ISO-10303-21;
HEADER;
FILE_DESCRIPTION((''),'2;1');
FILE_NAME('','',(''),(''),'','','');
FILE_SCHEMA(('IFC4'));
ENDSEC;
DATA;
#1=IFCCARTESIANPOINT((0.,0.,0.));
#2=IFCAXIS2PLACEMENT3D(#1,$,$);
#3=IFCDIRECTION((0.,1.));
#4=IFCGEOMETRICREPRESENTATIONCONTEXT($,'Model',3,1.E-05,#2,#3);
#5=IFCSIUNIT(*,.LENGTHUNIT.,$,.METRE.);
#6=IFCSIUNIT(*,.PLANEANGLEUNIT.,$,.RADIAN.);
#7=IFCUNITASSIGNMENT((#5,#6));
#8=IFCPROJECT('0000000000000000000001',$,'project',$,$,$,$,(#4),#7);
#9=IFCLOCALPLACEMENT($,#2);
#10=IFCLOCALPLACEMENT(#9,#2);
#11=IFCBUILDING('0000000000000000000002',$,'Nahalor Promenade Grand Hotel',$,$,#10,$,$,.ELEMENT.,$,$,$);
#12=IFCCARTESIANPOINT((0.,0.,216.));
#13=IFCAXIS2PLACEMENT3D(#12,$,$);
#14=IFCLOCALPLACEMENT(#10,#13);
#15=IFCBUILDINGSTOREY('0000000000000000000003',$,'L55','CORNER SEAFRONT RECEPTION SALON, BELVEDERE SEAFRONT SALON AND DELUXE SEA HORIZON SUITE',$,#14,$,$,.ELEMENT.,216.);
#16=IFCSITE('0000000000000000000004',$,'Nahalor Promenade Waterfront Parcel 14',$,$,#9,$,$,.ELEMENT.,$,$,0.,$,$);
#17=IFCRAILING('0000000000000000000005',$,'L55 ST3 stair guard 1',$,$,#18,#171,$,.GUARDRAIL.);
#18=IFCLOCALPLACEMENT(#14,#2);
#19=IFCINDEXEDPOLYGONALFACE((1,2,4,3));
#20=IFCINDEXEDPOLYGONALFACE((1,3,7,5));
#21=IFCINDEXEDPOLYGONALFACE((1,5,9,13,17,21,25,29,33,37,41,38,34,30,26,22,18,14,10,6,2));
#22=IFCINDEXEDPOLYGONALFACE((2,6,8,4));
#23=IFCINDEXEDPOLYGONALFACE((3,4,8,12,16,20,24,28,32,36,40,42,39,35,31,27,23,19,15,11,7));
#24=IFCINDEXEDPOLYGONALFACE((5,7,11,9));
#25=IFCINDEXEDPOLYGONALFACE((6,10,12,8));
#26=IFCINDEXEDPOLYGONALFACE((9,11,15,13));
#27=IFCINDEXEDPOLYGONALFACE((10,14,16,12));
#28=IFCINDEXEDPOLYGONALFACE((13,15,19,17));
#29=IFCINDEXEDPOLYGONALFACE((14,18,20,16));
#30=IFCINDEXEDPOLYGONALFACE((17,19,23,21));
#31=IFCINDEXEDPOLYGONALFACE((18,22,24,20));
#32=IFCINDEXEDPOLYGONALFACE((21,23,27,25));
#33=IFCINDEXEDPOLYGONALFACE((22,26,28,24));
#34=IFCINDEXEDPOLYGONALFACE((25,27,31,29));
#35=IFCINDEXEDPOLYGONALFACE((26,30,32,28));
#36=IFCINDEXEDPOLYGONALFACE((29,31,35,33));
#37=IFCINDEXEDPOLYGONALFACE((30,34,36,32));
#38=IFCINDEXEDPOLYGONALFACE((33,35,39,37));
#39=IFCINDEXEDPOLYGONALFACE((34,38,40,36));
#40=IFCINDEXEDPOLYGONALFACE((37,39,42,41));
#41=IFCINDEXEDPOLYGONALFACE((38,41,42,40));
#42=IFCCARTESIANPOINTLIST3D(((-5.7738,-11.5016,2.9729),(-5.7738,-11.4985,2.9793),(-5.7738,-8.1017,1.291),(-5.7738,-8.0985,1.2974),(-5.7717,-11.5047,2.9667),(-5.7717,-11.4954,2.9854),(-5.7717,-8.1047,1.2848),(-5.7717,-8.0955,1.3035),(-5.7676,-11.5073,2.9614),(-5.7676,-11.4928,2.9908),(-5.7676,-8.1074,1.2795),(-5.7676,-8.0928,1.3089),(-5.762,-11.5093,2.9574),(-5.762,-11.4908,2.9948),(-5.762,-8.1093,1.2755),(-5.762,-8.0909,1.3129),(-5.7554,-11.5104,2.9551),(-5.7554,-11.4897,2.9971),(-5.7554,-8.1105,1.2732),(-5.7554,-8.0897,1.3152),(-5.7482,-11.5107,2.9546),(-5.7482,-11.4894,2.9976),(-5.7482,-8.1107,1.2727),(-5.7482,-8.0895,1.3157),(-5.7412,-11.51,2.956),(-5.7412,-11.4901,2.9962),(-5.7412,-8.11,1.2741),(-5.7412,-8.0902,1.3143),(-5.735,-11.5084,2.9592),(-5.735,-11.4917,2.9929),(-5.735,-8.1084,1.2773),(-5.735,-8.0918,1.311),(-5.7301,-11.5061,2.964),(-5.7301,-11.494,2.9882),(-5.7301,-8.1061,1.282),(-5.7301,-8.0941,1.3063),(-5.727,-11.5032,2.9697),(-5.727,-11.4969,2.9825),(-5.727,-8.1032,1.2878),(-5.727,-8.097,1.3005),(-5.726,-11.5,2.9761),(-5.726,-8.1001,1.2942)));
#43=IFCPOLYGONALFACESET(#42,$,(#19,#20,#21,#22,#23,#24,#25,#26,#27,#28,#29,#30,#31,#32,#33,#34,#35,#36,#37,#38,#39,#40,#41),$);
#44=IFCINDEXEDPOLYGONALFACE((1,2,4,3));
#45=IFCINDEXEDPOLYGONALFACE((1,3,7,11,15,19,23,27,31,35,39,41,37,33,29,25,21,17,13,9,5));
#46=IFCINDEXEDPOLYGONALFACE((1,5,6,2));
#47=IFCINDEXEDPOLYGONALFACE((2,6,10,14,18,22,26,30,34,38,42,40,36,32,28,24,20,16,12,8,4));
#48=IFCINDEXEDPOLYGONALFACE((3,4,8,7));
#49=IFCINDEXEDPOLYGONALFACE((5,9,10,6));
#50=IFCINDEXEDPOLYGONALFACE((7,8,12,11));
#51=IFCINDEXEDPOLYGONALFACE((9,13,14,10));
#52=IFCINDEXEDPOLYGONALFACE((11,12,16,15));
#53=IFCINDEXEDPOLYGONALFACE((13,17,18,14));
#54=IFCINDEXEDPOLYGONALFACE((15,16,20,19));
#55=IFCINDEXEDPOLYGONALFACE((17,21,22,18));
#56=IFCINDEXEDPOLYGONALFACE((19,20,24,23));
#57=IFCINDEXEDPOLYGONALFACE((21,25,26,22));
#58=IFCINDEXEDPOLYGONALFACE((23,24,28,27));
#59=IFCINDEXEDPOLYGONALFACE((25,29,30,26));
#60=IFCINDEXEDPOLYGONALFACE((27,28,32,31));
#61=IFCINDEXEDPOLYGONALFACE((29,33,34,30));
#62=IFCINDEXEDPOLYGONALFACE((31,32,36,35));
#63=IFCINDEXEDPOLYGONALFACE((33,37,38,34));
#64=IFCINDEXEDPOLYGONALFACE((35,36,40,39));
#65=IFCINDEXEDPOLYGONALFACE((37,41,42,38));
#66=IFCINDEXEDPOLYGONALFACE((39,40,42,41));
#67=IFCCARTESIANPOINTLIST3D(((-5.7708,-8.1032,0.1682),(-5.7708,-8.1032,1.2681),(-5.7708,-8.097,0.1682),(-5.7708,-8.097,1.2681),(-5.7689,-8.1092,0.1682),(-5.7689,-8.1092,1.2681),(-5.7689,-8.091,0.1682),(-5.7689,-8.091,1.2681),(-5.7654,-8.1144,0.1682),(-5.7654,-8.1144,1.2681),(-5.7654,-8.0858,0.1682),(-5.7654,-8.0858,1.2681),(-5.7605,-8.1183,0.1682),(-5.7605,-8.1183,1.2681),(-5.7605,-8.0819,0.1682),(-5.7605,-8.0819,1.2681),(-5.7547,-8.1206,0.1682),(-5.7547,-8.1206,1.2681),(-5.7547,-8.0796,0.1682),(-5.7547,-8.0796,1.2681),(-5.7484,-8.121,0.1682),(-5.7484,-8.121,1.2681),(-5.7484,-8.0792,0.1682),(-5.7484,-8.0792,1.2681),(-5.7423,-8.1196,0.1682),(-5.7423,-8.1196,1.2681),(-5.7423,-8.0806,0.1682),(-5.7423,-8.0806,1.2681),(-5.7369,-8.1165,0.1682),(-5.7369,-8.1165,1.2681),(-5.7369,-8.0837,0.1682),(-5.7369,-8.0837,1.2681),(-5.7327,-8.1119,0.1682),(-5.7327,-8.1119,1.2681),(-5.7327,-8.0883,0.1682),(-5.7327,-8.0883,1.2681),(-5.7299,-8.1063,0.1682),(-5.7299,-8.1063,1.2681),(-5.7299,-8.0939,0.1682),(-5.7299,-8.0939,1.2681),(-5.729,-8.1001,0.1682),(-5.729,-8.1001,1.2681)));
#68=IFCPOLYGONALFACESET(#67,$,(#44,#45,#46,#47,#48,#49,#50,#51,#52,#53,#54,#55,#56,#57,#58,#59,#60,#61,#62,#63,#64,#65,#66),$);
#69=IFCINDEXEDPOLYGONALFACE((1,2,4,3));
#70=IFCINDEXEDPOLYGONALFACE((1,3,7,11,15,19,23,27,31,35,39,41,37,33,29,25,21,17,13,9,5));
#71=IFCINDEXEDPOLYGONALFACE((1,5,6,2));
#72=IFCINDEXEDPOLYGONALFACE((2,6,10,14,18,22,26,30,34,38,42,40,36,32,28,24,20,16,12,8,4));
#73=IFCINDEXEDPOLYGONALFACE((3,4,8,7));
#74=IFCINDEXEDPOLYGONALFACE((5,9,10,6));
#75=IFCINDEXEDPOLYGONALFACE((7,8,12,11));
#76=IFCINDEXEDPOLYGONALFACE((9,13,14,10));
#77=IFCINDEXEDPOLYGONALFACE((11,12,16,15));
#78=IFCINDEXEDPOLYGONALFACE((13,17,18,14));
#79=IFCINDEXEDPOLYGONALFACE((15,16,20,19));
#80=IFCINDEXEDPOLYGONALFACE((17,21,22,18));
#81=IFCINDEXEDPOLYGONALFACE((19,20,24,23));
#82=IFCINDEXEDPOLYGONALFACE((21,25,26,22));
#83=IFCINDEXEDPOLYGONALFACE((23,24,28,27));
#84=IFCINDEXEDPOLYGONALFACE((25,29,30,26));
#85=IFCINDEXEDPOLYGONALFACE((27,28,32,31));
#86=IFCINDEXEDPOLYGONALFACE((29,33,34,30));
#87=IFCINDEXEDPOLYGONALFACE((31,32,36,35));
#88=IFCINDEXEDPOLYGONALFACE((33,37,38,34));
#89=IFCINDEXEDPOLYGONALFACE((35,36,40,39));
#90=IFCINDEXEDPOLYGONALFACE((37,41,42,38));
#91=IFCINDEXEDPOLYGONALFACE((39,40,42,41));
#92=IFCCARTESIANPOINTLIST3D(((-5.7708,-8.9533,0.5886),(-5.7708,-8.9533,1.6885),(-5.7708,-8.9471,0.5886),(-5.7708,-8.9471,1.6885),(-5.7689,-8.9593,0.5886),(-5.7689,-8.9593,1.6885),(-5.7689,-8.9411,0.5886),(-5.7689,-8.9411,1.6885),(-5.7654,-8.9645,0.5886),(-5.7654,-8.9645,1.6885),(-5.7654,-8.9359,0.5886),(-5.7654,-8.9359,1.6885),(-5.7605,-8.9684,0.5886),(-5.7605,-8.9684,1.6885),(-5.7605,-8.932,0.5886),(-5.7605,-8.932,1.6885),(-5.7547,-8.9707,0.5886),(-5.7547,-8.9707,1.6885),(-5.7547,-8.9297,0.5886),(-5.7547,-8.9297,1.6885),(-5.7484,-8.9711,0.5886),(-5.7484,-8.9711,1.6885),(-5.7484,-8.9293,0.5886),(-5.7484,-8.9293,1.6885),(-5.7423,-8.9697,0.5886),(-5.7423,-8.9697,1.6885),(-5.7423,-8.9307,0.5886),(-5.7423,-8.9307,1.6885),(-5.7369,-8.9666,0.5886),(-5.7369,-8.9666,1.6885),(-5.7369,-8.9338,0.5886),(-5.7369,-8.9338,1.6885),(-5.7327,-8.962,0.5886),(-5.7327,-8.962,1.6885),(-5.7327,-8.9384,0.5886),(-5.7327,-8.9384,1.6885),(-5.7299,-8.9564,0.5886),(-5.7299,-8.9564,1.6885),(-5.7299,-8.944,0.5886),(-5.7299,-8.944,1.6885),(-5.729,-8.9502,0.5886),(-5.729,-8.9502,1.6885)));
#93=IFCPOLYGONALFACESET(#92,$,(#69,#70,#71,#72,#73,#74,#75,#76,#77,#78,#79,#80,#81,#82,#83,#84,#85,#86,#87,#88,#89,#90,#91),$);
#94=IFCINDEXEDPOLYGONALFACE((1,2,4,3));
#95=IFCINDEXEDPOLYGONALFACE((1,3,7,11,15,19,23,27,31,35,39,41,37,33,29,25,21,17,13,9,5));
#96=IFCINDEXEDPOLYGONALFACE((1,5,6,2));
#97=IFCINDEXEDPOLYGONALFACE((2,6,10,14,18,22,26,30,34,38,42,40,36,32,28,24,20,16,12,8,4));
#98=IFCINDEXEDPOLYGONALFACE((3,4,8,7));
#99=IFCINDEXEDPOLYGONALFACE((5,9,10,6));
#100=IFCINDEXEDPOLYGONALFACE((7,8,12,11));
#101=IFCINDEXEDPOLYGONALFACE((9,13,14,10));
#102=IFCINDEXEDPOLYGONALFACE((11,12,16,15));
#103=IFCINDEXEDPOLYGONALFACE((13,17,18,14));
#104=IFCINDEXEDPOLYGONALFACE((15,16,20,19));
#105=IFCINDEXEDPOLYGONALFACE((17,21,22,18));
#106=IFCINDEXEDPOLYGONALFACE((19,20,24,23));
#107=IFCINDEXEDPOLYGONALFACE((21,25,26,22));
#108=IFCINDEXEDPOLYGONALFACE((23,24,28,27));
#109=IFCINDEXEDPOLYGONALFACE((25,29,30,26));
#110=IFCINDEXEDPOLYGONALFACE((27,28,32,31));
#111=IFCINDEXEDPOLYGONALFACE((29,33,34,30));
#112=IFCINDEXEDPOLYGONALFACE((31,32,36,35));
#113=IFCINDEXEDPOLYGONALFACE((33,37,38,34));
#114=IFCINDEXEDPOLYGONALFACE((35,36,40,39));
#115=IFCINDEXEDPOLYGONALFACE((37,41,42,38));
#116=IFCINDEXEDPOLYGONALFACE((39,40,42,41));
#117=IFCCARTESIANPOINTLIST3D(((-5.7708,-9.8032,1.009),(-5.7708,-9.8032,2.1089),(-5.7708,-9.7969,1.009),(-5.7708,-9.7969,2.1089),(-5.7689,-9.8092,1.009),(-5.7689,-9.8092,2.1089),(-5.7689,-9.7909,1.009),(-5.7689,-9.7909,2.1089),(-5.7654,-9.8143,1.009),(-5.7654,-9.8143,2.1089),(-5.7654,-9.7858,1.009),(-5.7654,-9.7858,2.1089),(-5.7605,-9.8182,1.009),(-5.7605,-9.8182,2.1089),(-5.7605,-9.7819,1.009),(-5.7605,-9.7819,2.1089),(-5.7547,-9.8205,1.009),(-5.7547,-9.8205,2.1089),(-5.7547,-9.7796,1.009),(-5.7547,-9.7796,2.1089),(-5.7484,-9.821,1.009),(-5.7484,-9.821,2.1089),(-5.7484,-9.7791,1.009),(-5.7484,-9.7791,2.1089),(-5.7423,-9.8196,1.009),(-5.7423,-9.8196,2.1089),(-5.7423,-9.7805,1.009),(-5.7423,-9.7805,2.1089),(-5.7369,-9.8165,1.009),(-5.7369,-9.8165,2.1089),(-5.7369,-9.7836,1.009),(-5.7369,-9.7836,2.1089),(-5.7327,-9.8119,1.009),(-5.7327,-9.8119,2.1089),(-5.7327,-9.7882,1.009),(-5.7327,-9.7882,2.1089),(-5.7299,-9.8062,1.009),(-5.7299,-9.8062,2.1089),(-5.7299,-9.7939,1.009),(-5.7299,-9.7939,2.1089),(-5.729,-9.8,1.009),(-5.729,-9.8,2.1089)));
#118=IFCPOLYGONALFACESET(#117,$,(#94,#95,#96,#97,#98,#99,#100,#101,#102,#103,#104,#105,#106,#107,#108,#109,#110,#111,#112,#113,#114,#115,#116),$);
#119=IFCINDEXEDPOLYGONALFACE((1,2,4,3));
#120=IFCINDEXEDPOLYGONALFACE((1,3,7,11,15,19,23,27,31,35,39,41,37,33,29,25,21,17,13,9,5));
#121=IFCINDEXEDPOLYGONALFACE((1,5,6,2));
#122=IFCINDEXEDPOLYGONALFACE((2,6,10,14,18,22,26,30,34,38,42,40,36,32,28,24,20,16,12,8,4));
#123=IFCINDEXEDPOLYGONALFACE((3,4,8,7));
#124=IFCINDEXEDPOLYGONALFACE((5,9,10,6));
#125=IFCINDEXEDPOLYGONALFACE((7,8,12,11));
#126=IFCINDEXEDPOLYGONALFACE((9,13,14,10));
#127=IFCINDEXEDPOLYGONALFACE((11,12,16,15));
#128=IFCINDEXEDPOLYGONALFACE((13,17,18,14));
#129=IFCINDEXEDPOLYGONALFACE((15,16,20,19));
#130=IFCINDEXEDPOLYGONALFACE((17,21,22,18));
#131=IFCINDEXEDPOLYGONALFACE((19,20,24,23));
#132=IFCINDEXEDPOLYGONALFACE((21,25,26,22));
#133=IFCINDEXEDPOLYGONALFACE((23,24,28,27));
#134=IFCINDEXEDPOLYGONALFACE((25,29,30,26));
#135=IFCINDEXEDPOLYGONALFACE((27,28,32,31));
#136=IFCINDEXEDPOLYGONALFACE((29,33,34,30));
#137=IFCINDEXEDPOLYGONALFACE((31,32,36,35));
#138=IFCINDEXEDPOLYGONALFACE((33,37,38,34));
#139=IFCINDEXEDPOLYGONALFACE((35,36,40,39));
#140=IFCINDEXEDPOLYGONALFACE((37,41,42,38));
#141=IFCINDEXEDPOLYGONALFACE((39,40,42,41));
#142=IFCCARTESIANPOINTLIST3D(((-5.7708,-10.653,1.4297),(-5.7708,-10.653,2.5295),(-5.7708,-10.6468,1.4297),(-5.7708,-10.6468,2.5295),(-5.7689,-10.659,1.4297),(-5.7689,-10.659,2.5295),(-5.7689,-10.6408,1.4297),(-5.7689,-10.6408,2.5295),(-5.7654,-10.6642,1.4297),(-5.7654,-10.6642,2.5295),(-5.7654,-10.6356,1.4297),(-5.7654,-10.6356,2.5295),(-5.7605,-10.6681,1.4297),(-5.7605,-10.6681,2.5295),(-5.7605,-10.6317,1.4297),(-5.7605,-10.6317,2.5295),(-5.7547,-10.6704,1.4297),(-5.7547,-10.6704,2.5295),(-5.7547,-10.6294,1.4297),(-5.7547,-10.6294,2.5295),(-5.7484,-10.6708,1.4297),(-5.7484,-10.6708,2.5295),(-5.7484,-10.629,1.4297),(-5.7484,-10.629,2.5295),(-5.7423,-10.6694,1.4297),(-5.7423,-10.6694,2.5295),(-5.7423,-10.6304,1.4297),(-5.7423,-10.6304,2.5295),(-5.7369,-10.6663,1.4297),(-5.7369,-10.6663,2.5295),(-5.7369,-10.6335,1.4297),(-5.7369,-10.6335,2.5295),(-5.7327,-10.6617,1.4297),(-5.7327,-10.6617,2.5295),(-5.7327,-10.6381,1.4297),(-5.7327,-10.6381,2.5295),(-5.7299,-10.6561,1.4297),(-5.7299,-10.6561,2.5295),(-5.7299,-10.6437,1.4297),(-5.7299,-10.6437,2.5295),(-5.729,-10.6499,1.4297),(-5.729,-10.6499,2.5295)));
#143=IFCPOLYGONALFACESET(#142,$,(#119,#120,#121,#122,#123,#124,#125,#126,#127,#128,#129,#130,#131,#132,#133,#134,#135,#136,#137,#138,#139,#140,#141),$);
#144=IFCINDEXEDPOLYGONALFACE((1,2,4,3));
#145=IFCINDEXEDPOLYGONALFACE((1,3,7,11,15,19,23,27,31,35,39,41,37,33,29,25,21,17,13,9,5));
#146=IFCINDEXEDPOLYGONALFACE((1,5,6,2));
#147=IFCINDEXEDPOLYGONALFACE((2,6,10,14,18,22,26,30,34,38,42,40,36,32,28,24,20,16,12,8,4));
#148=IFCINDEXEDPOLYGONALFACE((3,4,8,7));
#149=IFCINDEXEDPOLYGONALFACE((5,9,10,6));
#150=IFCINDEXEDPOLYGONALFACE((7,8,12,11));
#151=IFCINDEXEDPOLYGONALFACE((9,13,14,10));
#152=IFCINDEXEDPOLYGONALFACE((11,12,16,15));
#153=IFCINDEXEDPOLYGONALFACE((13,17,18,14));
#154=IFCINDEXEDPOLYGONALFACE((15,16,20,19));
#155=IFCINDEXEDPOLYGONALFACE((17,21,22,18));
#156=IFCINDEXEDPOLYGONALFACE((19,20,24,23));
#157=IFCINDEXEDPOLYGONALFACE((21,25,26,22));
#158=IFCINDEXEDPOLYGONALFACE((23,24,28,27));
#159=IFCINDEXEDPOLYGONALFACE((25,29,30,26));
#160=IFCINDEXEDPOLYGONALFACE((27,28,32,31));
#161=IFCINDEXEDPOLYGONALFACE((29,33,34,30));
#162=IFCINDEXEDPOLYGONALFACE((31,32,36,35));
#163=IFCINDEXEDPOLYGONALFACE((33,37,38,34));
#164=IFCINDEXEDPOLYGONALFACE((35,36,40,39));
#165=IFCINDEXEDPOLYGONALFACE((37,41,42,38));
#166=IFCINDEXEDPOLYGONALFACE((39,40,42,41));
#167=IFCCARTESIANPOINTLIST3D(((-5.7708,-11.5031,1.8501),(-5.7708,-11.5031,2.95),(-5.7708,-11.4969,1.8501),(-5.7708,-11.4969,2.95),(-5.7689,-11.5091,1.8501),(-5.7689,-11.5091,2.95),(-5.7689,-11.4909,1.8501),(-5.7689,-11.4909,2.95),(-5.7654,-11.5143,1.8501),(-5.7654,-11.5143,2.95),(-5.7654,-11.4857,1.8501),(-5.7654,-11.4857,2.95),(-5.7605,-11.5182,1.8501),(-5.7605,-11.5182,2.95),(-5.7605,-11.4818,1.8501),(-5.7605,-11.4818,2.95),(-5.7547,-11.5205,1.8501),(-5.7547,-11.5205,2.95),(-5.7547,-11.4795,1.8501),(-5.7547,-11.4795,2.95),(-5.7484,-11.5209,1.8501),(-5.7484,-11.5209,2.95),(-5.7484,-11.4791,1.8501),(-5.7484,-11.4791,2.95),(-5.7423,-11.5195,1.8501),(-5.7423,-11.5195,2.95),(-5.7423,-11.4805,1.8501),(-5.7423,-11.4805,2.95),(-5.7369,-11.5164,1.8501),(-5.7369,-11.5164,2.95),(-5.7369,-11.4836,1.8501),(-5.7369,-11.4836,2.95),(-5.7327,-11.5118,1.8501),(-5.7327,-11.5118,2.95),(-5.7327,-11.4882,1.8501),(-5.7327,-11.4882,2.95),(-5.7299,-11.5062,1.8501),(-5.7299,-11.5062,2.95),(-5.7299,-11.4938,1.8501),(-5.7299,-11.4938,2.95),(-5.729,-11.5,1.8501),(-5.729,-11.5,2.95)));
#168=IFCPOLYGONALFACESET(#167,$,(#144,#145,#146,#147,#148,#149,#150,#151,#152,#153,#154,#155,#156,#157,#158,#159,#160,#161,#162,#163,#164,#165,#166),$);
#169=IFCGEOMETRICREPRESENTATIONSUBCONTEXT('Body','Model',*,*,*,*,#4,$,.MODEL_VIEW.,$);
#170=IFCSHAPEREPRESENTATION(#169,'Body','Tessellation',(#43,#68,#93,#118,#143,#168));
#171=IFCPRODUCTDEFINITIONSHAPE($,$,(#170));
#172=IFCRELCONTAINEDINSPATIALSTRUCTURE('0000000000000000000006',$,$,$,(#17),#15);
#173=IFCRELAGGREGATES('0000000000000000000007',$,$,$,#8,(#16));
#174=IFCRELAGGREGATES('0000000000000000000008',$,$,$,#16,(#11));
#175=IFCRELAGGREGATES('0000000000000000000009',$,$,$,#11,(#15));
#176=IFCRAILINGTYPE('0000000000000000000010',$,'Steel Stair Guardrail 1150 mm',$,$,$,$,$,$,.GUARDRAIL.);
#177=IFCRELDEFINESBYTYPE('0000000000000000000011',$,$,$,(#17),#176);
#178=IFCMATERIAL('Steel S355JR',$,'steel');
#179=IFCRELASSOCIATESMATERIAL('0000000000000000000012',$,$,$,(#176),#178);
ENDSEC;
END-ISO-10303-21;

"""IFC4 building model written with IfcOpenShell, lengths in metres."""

from ifc_helpers import new_model, si_unit, direction, frame, origin, origin_2d, place, context, subcontext, project, spatial, circle, extrude, material, type_object, element, save


model = new_model("IFC4")

# Units and contexts
model_context = context("Model", 3, precision=1e-05, world=origin(), true_north=direction((0.0, 1.0)))
body_context = subcontext(model_context, "Body", "Model", "MODEL_VIEW")
ifc_project = project(units=[si_unit("LENGTHUNIT", "METRE"), si_unit("PLANEANGLEUNIT", "RADIAN")], contexts=[model_context])

# Site, building, storey
site_placement = place(None, origin())
site = spatial("IfcSite", under=ifc_project, at=site_placement, Name="Nahalor Promenade Waterfront Parcel 14", CompositionType="ELEMENT", RefElevation=0.0)
building_placement = place(site_placement, origin())
building = spatial("IfcBuilding", under=site, at=building_placement, Name="Nahalor Promenade Grand Hotel", CompositionType="ELEMENT")
storey_placement = place(building_placement, frame((0.0, 0.0, 216.0)))
storey = spatial("IfcBuildingStorey", under=building, at=storey_placement, Name="L55", Description="CORNER SEAFRONT RECEPTION SALON, BELVEDERE SEAFRONT SALON AND DELUXE SEA HORIZON SUITE", CompositionType="ELEMENT", Elevation=216.0)

# Shared definitions
ifc_material_1 = material(Name="Steel S355JR", Category="steel")

# Railing
railing_type_1 = type_object("IfcRailingType", Name="Steel Stair Guardrail 1150 mm", PredefinedType="GUARDRAIL", material=ifc_material_1)
railing_1_placement = place(storey_placement, frame((-5.75, -8.1001, 0.1682)))
element("IfcRailing", 1, at=railing_1_placement, inside=storey, type_object=railing_type_1, Name="L55 ST3 stair guard 1", PredefinedType="GUARDRAIL", context=body_context, shape_type="SweptSolid", body=[
    extrude(circle(Radius=0.024, at=origin_2d()), frame((0.0, 0.0, 1.126), z_axis=(0.0, -0.896324, 0.443399), x_axis=(1.0, 0.0, 0.0)), (0.0, 0.0, 1.0), 3.7932),
    extrude(circle(Radius=0.021, at=origin_2d()), origin(), (0.0, 0.0, 1.0), 1.0999),
    extrude(circle(Radius=0.021, at=origin_2d()), frame((0.0, -0.8501, 0.4204)), (0.0, 0.0, 1.0), 1.0999),
    extrude(circle(Radius=0.021, at=origin_2d()), frame((0.0, -1.7, 0.8408)), (0.0, 0.0, 1.0), 1.0999),
    extrude(circle(Radius=0.021, at=origin_2d()), frame((0.0, -2.5498, 1.2615)), (0.0, 0.0, 1.0), 1.0999),
    extrude(circle(Radius=0.021, at=origin_2d()), frame((0.0, -3.3999, 1.6819)), (0.0, 0.0, 1.0), 1.0999),
])

save(model, "model.ifc")
